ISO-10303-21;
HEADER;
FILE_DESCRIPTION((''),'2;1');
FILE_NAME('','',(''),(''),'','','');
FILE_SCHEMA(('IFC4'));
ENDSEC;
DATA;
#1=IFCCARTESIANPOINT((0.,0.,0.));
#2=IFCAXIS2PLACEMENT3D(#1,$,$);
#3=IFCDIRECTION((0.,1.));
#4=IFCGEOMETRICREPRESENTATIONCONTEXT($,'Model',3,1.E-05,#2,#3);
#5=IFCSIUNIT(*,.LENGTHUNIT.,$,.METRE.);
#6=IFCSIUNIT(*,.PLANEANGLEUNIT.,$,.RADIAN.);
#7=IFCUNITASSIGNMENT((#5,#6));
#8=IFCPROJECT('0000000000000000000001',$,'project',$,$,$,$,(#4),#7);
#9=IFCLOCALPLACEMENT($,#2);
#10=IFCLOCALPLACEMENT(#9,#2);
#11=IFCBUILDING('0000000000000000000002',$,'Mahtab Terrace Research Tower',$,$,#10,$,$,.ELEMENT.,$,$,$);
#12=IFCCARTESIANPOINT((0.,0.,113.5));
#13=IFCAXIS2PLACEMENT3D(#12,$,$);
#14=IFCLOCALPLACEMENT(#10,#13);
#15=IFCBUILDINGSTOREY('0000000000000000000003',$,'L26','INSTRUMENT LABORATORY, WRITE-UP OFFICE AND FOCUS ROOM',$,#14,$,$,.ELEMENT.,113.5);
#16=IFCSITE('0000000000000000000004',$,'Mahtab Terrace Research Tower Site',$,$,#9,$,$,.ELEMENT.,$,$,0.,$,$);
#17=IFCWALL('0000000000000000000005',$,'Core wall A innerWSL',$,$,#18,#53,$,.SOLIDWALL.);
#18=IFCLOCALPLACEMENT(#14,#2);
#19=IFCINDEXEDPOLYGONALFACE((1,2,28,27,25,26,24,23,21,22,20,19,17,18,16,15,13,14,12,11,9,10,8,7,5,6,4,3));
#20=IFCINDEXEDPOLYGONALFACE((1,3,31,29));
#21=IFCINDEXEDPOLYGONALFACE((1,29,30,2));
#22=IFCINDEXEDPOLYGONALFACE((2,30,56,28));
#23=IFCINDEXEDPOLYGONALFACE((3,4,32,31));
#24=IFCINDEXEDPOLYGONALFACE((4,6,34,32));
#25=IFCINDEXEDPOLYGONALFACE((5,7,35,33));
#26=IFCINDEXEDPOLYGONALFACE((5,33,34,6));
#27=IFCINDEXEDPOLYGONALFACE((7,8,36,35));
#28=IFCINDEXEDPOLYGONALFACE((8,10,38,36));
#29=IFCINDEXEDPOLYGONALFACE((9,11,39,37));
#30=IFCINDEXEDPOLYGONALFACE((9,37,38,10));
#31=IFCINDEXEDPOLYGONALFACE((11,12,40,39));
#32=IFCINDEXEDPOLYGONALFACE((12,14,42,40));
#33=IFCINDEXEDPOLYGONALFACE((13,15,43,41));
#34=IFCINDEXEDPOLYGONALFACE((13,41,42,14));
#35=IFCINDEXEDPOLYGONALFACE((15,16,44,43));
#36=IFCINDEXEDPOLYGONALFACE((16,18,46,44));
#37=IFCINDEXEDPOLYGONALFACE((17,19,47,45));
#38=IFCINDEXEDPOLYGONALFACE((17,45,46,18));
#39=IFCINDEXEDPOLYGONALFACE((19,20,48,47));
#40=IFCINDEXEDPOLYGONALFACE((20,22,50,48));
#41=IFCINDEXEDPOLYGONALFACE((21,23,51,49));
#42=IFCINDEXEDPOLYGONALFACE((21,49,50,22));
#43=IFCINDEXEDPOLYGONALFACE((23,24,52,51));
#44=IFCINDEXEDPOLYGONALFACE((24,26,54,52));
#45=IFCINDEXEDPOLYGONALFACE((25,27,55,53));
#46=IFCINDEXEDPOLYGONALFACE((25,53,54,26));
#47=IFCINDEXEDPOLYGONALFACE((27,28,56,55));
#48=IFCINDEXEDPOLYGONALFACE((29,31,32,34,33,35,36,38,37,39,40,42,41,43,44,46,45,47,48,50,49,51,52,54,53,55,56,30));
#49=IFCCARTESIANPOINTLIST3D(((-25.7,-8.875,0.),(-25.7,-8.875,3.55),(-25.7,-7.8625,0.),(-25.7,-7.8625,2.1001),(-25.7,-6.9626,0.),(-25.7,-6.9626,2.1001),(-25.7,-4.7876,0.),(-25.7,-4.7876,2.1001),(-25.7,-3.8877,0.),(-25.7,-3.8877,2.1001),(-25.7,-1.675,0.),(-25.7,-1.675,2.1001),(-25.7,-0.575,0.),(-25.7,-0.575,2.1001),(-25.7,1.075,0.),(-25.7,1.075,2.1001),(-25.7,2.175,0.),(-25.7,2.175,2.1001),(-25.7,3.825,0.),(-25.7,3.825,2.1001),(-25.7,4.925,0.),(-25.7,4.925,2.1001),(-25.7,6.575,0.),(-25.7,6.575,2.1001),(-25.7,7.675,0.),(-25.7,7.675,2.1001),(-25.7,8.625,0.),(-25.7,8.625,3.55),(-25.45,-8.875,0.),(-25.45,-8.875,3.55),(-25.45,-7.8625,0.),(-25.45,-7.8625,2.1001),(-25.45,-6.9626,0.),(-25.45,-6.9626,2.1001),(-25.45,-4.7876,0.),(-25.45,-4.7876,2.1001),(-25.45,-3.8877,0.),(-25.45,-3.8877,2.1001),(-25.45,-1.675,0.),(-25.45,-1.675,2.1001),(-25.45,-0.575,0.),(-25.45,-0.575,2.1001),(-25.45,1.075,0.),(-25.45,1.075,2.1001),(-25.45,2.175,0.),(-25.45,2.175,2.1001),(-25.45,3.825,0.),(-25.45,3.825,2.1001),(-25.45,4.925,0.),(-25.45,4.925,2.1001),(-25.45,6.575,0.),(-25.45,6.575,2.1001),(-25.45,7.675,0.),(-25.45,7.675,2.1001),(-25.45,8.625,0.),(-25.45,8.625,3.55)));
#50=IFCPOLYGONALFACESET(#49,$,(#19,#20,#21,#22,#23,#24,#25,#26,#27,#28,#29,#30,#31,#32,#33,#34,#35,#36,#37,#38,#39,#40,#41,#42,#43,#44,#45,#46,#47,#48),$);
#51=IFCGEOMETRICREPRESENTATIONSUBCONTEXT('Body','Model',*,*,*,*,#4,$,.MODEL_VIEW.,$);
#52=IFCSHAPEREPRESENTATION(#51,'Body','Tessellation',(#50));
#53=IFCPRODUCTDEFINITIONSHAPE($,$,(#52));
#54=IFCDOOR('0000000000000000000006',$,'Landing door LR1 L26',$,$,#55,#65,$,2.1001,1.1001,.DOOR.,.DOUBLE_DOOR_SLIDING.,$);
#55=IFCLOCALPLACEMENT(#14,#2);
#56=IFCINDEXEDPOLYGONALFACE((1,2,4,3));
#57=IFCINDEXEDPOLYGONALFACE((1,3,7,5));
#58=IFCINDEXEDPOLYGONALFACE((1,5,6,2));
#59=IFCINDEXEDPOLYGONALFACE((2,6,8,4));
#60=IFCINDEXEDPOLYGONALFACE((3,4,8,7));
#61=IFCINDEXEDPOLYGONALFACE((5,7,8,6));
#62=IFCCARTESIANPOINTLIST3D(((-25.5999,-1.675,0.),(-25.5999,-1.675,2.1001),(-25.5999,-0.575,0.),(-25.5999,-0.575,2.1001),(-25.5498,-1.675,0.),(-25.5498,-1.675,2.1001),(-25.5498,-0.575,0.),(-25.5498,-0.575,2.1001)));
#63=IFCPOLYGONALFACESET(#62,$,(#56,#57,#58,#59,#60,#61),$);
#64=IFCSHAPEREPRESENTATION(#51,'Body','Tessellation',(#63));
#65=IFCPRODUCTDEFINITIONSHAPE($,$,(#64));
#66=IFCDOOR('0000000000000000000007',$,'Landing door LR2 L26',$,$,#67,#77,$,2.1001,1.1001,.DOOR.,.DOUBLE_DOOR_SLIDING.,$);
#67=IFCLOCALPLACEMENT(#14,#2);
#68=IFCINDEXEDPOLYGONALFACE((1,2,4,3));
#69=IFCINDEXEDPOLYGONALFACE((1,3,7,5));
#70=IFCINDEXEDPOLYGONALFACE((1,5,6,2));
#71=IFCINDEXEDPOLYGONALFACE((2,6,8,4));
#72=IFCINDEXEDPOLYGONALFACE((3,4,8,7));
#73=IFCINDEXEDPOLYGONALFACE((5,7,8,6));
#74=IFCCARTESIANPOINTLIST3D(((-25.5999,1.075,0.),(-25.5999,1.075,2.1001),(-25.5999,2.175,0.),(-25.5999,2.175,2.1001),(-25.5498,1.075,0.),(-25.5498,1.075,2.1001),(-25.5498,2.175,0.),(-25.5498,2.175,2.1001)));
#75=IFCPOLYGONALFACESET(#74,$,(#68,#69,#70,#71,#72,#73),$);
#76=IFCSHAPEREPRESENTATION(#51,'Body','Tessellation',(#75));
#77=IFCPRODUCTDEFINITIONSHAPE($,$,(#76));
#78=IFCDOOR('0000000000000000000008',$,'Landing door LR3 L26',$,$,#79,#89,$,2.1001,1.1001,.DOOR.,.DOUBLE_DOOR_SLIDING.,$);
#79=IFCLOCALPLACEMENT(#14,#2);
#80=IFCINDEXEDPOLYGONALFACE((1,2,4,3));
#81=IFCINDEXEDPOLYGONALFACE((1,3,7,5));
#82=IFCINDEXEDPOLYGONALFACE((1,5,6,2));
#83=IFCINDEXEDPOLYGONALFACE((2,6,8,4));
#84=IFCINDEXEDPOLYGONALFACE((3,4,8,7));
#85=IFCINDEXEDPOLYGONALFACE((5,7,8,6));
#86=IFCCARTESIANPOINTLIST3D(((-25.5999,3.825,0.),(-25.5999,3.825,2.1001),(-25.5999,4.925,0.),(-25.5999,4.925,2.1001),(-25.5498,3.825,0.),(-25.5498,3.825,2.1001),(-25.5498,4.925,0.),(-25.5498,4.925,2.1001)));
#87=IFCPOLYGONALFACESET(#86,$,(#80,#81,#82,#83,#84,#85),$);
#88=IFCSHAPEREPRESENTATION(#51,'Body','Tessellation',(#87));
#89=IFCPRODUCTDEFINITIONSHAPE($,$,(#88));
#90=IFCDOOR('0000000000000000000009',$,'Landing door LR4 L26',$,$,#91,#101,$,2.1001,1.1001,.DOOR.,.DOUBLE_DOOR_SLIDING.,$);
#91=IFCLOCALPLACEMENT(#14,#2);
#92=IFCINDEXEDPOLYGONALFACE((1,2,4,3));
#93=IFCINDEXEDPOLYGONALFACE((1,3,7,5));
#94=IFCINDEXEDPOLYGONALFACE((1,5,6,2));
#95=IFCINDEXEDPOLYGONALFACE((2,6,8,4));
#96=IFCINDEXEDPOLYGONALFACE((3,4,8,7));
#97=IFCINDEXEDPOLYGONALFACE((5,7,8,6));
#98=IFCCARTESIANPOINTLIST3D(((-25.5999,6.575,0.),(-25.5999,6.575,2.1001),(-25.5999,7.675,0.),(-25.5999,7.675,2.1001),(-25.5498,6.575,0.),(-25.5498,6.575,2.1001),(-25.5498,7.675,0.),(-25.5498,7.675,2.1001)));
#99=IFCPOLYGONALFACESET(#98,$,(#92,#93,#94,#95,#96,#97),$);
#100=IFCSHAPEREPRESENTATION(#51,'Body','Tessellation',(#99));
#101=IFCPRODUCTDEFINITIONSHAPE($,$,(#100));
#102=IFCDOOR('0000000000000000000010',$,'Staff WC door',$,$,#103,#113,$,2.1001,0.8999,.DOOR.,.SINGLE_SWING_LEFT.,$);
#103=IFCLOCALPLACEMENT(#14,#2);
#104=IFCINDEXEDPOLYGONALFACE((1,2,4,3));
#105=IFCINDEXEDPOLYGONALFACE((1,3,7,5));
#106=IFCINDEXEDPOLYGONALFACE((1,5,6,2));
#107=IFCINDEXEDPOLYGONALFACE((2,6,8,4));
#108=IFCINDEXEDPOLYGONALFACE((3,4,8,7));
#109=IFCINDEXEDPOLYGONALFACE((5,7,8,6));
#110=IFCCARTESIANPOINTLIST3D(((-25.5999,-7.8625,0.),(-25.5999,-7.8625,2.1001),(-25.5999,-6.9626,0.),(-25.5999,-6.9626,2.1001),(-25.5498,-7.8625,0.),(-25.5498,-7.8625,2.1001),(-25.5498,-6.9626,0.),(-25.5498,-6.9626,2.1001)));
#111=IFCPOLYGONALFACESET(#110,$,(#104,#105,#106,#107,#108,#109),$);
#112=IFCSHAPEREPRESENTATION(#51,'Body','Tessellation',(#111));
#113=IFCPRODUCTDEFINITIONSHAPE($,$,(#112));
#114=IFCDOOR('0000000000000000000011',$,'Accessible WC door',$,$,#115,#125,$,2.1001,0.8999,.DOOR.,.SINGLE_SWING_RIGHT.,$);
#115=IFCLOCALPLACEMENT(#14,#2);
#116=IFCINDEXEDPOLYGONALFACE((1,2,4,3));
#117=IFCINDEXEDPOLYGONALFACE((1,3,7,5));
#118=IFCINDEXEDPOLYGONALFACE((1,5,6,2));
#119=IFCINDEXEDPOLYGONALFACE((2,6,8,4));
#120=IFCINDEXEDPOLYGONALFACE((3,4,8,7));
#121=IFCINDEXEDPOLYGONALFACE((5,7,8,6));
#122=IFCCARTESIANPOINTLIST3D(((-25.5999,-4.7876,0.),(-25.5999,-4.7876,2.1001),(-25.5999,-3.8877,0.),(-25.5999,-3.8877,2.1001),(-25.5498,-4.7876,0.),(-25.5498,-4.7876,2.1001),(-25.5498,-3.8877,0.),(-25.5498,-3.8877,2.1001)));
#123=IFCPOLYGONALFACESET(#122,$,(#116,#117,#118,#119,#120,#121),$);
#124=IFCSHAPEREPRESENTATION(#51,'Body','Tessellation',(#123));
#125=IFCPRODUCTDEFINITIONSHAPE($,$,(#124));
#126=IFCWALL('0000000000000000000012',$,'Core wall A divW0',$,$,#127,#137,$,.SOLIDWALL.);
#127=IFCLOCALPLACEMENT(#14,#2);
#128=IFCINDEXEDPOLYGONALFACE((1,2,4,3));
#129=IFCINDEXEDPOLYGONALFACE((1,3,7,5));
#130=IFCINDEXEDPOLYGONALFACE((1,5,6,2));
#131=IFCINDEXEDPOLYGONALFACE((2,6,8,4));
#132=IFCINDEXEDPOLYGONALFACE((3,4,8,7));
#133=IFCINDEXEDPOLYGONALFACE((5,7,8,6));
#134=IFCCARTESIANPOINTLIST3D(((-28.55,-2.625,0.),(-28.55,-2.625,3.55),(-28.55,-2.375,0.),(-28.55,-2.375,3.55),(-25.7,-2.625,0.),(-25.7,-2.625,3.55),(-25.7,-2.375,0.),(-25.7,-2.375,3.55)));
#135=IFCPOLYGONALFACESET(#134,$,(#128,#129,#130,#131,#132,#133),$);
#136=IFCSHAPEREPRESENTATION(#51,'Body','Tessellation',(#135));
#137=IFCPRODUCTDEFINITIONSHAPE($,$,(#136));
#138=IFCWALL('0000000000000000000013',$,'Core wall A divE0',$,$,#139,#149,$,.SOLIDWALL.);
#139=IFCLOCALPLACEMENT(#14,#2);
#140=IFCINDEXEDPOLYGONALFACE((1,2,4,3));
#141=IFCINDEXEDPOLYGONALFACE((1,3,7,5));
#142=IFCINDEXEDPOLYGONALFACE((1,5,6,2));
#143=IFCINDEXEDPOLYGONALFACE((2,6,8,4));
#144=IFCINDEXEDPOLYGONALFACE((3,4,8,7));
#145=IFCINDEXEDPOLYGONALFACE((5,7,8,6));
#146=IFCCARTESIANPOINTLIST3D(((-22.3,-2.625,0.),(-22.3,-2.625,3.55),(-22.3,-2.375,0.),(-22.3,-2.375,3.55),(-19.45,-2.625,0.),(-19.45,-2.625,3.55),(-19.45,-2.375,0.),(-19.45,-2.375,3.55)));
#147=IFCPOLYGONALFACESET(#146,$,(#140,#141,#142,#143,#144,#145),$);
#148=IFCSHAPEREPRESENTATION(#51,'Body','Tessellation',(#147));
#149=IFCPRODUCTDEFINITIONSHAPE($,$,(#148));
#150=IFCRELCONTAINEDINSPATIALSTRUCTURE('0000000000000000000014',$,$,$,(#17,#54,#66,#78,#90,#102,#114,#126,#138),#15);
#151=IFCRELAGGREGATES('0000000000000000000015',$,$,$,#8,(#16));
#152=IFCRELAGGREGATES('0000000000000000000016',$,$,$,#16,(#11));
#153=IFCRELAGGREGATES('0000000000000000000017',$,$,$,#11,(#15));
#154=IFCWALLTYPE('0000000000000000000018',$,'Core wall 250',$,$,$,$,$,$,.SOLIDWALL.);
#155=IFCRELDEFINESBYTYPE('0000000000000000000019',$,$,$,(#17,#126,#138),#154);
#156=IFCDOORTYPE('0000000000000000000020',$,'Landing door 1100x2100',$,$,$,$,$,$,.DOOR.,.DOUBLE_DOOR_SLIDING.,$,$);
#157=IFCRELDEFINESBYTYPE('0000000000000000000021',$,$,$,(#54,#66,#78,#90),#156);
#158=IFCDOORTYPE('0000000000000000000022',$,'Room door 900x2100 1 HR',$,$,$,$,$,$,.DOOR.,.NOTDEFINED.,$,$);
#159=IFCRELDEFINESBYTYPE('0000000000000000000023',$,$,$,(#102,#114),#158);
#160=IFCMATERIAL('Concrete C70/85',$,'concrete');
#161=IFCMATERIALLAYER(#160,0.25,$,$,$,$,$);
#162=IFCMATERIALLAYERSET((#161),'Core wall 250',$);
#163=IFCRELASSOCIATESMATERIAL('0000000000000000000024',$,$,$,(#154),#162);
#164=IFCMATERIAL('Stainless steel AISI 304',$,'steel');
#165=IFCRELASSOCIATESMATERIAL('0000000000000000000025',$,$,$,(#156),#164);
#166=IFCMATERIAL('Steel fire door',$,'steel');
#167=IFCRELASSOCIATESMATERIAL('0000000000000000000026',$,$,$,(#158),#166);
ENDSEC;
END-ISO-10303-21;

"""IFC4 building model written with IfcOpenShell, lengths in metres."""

from ifc_helpers import new_model, si_unit, direction, frame, frame_2d, origin, place, context, subcontext, project, spatial, rectangle, extrude, material, layer, layer_set, type_object, element, fill, save


model = new_model("IFC4")

# Units and contexts
model_context = context("Model", 3, precision=1e-05, world=origin(), true_north=direction((0.0, 1.0)))
body_context = subcontext(model_context, "Body", "Model", "MODEL_VIEW")
ifc_project = project(units=[si_unit("LENGTHUNIT", "METRE"), si_unit("PLANEANGLEUNIT", "RADIAN")], contexts=[model_context])

# Site, building, storey
site_placement = place(None, origin())
site = spatial("IfcSite", under=ifc_project, at=site_placement, Name="Mahtab Terrace Research Tower Site", CompositionType="ELEMENT", RefElevation=0.0)
building_placement = place(site_placement, origin())
building = spatial("IfcBuilding", under=site, at=building_placement, Name="Mahtab Terrace Research Tower", CompositionType="ELEMENT")
storey_placement = place(building_placement, frame((0.0, 0.0, 113.5)))
storey = spatial("IfcBuildingStorey", under=building, at=storey_placement, Name="L26", Description="INSTRUMENT LABORATORY, WRITE-UP OFFICE AND FOCUS ROOM", CompositionType="ELEMENT", Elevation=113.5)

# Shared definitions
ifc_material_1 = material(Name="Concrete C70/85", Category="concrete")

# Shared definitions
ifc_layer_1 = layer(ifc_material_1, 0.25)
ifc_layer_set_1 = layer_set([ifc_layer_1], Name="Core wall 250")
wall_type_1 = type_object("IfcWallType", Name="Core wall 250", PredefinedType="SOLIDWALL", material=ifc_layer_set_1)

# Shared definitions
ifc_material_2 = material(Name="Steel fire door", Category="steel")

# Wall, openings, doors
wall_1_placement = place(storey_placement, frame((-25.575, -8.875, 0.0), z_axis=(0.0, 0.0, 1.0), x_axis=(0.0, 1.0, 0.0)))
wall_1 = element("IfcWall", 1, at=wall_1_placement, inside=storey, type_object=wall_type_1, Name="Core wall A innerWSL", PredefinedType="SOLIDWALL", context=body_context, shape_type="SweptSolid", body=[
    extrude(rectangle(XDim=17.5, YDim=0.25, at=frame_2d((8.75, 0.0))), origin(), (0.0, 0.0, 1.0), 3.55),
])
opening_1_placement = place(wall_1_placement, frame((7.2, 0.0, 0.0)))
opening_1 = element("IfcOpeningElement", 2, at=opening_1_placement, cuts=wall_1, PredefinedType="OPENING", context=body_context, shape_type="SweptSolid", body=[
    extrude(rectangle(XDim=1.1001, YDim=2.1001, at=frame_2d((0.55, 1.05))), frame((0.0, 0.135, 0.0), z_axis=(0.0, -1.0, 0.0), x_axis=(1.0, 0.0, 0.0)), (0.0, 0.0, 1.0), 0.27),
])
opening_2_placement = place(wall_1_placement, frame((9.95, 0.0, 0.0)))
opening_2 = element("IfcOpeningElement", 3, at=opening_2_placement, cuts=wall_1, PredefinedType="OPENING", context=body_context, shape_type="SweptSolid", body=[
    extrude(rectangle(XDim=1.1001, YDim=2.1001, at=frame_2d((0.55, 1.05))), frame((0.0, 0.135, 0.0), z_axis=(0.0, -1.0, 0.0), x_axis=(1.0, 0.0, 0.0)), (0.0, 0.0, 1.0), 0.27),
])
opening_3_placement = place(wall_1_placement, frame((12.7, 0.0, 0.0)))
opening_3 = element("IfcOpeningElement", 4, at=opening_3_placement, cuts=wall_1, PredefinedType="OPENING", context=body_context, shape_type="SweptSolid", body=[
    extrude(rectangle(XDim=1.1001, YDim=2.1001, at=frame_2d((0.55, 1.05))), frame((0.0, 0.135, 0.0), z_axis=(0.0, -1.0, 0.0), x_axis=(1.0, 0.0, 0.0)), (0.0, 0.0, 1.0), 0.27),
])
opening_4_placement = place(wall_1_placement, frame((15.45, 0.0, 0.0)))
opening_4 = element("IfcOpeningElement", 5, at=opening_4_placement, cuts=wall_1, PredefinedType="OPENING", context=body_context, shape_type="SweptSolid", body=[
    extrude(rectangle(XDim=1.1001, YDim=2.1001, at=frame_2d((0.55, 1.05))), frame((0.0, 0.135, 0.0), z_axis=(0.0, -1.0, 0.0), x_axis=(1.0, 0.0, 0.0)), (0.0, 0.0, 1.0), 0.27),
])
opening_5_placement = place(wall_1_placement, frame((1.0125, 0.0, 0.0)))
opening_5 = element("IfcOpeningElement", 6, at=opening_5_placement, cuts=wall_1, PredefinedType="OPENING", context=body_context, shape_type="SweptSolid", body=[
    extrude(rectangle(XDim=0.8999, YDim=2.1001, at=frame_2d((0.45, 1.05))), frame((0.0, 0.135, 0.0), z_axis=(0.0, -1.0, 0.0), x_axis=(1.0, 0.0, 0.0)), (0.0, 0.0, 1.0), 0.27),
])
opening_6_placement = place(wall_1_placement, frame((4.0874, 0.0, 0.0)))
opening_6 = element("IfcOpeningElement", 7, at=opening_6_placement, cuts=wall_1, PredefinedType="OPENING", context=body_context, shape_type="SweptSolid", body=[
    extrude(rectangle(XDim=0.8999, YDim=2.1001, at=frame_2d((0.45, 1.05))), frame((0.0, 0.135, 0.0), z_axis=(0.0, -1.0, 0.0), x_axis=(1.0, 0.0, 0.0)), (0.0, 0.0, 1.0), 0.27),
])
ifc_material_3 = material(Name="Stainless steel AISI 304", Category="steel")
door_type_1 = type_object("IfcDoorType", Name="Landing door 1100x2100", OperationType="DOUBLE_DOOR_SLIDING", PredefinedType="DOOR", material=ifc_material_3)
door_1_placement = place(opening_1_placement, origin())
door_1 = element("IfcDoor", 8, at=door_1_placement, inside=storey, type_object=door_type_1, Name="Landing door LR1 L26", OperationType="DOUBLE_DOOR_SLIDING", OverallHeight=2.1001, OverallWidth=1.1001, PredefinedType="DOOR", context=body_context, shape_type="SweptSolid", body=[
    extrude(rectangle(XDim=1.1001, YDim=2.1001, at=frame_2d((0.55, 1.05))), frame((0.0, 0.0249, 0.0), z_axis=(0.0, -1.0, 0.0), x_axis=(1.0, 0.0, 0.0)), (0.0, 0.0, 1.0), 0.05),
])
fill(opening_1, door_1)
door_2_placement = place(opening_2_placement, origin())
door_2 = element("IfcDoor", 9, at=door_2_placement, inside=storey, type_object=door_type_1, Name="Landing door LR2 L26", OperationType="DOUBLE_DOOR_SLIDING", OverallHeight=2.1001, OverallWidth=1.1001, PredefinedType="DOOR", context=body_context, shape_type="SweptSolid", body=[
    extrude(rectangle(XDim=1.1001, YDim=2.1001, at=frame_2d((0.55, 1.05))), frame((0.0, 0.0249, 0.0), z_axis=(0.0, -1.0, 0.0), x_axis=(1.0, 0.0, 0.0)), (0.0, 0.0, 1.0), 0.05),
])
fill(opening_2, door_2)
door_3_placement = place(opening_3_placement, origin())
door_3 = element("IfcDoor", 10, at=door_3_placement, inside=storey, type_object=door_type_1, Name="Landing door LR3 L26", OperationType="DOUBLE_DOOR_SLIDING", OverallHeight=2.1001, OverallWidth=1.1001, PredefinedType="DOOR", context=body_context, shape_type="SweptSolid", body=[
    extrude(rectangle(XDim=1.1001, YDim=2.1001, at=frame_2d((0.55, 1.05))), frame((0.0, 0.0249, 0.0), z_axis=(0.0, -1.0, 0.0), x_axis=(1.0, 0.0, 0.0)), (0.0, 0.0, 1.0), 0.05),
])
fill(opening_3, door_3)
door_4_placement = place(opening_4_placement, origin())
door_4 = element("IfcDoor", 11, at=door_4_placement, inside=storey, type_object=door_type_1, Name="Landing door LR4 L26", OperationType="DOUBLE_DOOR_SLIDING", OverallHeight=2.1001, OverallWidth=1.1001, PredefinedType="DOOR", context=body_context, shape_type="SweptSolid", body=[
    extrude(rectangle(XDim=1.1001, YDim=2.1001, at=frame_2d((0.55, 1.05))), frame((0.0, 0.0249, 0.0), z_axis=(0.0, -1.0, 0.0), x_axis=(1.0, 0.0, 0.0)), (0.0, 0.0, 1.0), 0.05),
])
fill(opening_4, door_4)
door_type_2 = type_object("IfcDoorType", Name="Room door 900x2100 1 HR", OperationType="NOTDEFINED", PredefinedType="DOOR", material=ifc_material_2)
door_5_placement = place(opening_5_placement, origin())
door_5 = element("IfcDoor", 12, at=door_5_placement, inside=storey, type_object=door_type_2, Name="Staff WC door", OperationType="SINGLE_SWING_LEFT", OverallHeight=2.1001, OverallWidth=0.8999, PredefinedType="DOOR", context=body_context, shape_type="SweptSolid", body=[
    extrude(rectangle(XDim=0.8999, YDim=2.1001, at=frame_2d((0.45, 1.05))), frame((0.0, 0.0249, 0.0), z_axis=(0.0, -1.0, 0.0), x_axis=(1.0, 0.0, 0.0)), (0.0, 0.0, 1.0), 0.05),
])
fill(opening_5, door_5)
door_6_placement = place(opening_6_placement, origin())
door_6 = element("IfcDoor", 13, at=door_6_placement, inside=storey, type_object=door_type_2, Name="Accessible WC door", OperationType="SINGLE_SWING_RIGHT", OverallHeight=2.1001, OverallWidth=0.8999, PredefinedType="DOOR", context=body_context, shape_type="SweptSolid", body=[
    extrude(rectangle(XDim=0.8999, YDim=2.1001, at=frame_2d((0.45, 1.05))), frame((0.0, 0.0249, 0.0), z_axis=(0.0, -1.0, 0.0), x_axis=(1.0, 0.0, 0.0)), (0.0, 0.0, 1.0), 0.05),
])
fill(opening_6, door_6)

# Walls
for number, where, z_axis, x_axis, name in (
    (14, (-28.55, -2.5, 0.0), (0.0, 0.0, 1.0), (1.0, 0.0, 0.0), "Core wall A divW0"),
    (15, (-22.3, -2.5, 0.0), (0.0, 0.0, 1.0), (1.0, 0.0, 0.0), "Core wall A divE0"),
):
    element("IfcWall", number, at=place(storey_placement, frame(where, z_axis=z_axis, x_axis=x_axis)), inside=storey, type_object=wall_type_1, Name=name, PredefinedType="SOLIDWALL", context=body_context, shape_type="SweptSolid", body=[
        extrude(rectangle(XDim=2.8501, YDim=0.25, at=frame_2d((1.425, 0.0))), origin(), (0.0, 0.0, 1.0), 3.55),
    ])

save(model, "model.ifc")
